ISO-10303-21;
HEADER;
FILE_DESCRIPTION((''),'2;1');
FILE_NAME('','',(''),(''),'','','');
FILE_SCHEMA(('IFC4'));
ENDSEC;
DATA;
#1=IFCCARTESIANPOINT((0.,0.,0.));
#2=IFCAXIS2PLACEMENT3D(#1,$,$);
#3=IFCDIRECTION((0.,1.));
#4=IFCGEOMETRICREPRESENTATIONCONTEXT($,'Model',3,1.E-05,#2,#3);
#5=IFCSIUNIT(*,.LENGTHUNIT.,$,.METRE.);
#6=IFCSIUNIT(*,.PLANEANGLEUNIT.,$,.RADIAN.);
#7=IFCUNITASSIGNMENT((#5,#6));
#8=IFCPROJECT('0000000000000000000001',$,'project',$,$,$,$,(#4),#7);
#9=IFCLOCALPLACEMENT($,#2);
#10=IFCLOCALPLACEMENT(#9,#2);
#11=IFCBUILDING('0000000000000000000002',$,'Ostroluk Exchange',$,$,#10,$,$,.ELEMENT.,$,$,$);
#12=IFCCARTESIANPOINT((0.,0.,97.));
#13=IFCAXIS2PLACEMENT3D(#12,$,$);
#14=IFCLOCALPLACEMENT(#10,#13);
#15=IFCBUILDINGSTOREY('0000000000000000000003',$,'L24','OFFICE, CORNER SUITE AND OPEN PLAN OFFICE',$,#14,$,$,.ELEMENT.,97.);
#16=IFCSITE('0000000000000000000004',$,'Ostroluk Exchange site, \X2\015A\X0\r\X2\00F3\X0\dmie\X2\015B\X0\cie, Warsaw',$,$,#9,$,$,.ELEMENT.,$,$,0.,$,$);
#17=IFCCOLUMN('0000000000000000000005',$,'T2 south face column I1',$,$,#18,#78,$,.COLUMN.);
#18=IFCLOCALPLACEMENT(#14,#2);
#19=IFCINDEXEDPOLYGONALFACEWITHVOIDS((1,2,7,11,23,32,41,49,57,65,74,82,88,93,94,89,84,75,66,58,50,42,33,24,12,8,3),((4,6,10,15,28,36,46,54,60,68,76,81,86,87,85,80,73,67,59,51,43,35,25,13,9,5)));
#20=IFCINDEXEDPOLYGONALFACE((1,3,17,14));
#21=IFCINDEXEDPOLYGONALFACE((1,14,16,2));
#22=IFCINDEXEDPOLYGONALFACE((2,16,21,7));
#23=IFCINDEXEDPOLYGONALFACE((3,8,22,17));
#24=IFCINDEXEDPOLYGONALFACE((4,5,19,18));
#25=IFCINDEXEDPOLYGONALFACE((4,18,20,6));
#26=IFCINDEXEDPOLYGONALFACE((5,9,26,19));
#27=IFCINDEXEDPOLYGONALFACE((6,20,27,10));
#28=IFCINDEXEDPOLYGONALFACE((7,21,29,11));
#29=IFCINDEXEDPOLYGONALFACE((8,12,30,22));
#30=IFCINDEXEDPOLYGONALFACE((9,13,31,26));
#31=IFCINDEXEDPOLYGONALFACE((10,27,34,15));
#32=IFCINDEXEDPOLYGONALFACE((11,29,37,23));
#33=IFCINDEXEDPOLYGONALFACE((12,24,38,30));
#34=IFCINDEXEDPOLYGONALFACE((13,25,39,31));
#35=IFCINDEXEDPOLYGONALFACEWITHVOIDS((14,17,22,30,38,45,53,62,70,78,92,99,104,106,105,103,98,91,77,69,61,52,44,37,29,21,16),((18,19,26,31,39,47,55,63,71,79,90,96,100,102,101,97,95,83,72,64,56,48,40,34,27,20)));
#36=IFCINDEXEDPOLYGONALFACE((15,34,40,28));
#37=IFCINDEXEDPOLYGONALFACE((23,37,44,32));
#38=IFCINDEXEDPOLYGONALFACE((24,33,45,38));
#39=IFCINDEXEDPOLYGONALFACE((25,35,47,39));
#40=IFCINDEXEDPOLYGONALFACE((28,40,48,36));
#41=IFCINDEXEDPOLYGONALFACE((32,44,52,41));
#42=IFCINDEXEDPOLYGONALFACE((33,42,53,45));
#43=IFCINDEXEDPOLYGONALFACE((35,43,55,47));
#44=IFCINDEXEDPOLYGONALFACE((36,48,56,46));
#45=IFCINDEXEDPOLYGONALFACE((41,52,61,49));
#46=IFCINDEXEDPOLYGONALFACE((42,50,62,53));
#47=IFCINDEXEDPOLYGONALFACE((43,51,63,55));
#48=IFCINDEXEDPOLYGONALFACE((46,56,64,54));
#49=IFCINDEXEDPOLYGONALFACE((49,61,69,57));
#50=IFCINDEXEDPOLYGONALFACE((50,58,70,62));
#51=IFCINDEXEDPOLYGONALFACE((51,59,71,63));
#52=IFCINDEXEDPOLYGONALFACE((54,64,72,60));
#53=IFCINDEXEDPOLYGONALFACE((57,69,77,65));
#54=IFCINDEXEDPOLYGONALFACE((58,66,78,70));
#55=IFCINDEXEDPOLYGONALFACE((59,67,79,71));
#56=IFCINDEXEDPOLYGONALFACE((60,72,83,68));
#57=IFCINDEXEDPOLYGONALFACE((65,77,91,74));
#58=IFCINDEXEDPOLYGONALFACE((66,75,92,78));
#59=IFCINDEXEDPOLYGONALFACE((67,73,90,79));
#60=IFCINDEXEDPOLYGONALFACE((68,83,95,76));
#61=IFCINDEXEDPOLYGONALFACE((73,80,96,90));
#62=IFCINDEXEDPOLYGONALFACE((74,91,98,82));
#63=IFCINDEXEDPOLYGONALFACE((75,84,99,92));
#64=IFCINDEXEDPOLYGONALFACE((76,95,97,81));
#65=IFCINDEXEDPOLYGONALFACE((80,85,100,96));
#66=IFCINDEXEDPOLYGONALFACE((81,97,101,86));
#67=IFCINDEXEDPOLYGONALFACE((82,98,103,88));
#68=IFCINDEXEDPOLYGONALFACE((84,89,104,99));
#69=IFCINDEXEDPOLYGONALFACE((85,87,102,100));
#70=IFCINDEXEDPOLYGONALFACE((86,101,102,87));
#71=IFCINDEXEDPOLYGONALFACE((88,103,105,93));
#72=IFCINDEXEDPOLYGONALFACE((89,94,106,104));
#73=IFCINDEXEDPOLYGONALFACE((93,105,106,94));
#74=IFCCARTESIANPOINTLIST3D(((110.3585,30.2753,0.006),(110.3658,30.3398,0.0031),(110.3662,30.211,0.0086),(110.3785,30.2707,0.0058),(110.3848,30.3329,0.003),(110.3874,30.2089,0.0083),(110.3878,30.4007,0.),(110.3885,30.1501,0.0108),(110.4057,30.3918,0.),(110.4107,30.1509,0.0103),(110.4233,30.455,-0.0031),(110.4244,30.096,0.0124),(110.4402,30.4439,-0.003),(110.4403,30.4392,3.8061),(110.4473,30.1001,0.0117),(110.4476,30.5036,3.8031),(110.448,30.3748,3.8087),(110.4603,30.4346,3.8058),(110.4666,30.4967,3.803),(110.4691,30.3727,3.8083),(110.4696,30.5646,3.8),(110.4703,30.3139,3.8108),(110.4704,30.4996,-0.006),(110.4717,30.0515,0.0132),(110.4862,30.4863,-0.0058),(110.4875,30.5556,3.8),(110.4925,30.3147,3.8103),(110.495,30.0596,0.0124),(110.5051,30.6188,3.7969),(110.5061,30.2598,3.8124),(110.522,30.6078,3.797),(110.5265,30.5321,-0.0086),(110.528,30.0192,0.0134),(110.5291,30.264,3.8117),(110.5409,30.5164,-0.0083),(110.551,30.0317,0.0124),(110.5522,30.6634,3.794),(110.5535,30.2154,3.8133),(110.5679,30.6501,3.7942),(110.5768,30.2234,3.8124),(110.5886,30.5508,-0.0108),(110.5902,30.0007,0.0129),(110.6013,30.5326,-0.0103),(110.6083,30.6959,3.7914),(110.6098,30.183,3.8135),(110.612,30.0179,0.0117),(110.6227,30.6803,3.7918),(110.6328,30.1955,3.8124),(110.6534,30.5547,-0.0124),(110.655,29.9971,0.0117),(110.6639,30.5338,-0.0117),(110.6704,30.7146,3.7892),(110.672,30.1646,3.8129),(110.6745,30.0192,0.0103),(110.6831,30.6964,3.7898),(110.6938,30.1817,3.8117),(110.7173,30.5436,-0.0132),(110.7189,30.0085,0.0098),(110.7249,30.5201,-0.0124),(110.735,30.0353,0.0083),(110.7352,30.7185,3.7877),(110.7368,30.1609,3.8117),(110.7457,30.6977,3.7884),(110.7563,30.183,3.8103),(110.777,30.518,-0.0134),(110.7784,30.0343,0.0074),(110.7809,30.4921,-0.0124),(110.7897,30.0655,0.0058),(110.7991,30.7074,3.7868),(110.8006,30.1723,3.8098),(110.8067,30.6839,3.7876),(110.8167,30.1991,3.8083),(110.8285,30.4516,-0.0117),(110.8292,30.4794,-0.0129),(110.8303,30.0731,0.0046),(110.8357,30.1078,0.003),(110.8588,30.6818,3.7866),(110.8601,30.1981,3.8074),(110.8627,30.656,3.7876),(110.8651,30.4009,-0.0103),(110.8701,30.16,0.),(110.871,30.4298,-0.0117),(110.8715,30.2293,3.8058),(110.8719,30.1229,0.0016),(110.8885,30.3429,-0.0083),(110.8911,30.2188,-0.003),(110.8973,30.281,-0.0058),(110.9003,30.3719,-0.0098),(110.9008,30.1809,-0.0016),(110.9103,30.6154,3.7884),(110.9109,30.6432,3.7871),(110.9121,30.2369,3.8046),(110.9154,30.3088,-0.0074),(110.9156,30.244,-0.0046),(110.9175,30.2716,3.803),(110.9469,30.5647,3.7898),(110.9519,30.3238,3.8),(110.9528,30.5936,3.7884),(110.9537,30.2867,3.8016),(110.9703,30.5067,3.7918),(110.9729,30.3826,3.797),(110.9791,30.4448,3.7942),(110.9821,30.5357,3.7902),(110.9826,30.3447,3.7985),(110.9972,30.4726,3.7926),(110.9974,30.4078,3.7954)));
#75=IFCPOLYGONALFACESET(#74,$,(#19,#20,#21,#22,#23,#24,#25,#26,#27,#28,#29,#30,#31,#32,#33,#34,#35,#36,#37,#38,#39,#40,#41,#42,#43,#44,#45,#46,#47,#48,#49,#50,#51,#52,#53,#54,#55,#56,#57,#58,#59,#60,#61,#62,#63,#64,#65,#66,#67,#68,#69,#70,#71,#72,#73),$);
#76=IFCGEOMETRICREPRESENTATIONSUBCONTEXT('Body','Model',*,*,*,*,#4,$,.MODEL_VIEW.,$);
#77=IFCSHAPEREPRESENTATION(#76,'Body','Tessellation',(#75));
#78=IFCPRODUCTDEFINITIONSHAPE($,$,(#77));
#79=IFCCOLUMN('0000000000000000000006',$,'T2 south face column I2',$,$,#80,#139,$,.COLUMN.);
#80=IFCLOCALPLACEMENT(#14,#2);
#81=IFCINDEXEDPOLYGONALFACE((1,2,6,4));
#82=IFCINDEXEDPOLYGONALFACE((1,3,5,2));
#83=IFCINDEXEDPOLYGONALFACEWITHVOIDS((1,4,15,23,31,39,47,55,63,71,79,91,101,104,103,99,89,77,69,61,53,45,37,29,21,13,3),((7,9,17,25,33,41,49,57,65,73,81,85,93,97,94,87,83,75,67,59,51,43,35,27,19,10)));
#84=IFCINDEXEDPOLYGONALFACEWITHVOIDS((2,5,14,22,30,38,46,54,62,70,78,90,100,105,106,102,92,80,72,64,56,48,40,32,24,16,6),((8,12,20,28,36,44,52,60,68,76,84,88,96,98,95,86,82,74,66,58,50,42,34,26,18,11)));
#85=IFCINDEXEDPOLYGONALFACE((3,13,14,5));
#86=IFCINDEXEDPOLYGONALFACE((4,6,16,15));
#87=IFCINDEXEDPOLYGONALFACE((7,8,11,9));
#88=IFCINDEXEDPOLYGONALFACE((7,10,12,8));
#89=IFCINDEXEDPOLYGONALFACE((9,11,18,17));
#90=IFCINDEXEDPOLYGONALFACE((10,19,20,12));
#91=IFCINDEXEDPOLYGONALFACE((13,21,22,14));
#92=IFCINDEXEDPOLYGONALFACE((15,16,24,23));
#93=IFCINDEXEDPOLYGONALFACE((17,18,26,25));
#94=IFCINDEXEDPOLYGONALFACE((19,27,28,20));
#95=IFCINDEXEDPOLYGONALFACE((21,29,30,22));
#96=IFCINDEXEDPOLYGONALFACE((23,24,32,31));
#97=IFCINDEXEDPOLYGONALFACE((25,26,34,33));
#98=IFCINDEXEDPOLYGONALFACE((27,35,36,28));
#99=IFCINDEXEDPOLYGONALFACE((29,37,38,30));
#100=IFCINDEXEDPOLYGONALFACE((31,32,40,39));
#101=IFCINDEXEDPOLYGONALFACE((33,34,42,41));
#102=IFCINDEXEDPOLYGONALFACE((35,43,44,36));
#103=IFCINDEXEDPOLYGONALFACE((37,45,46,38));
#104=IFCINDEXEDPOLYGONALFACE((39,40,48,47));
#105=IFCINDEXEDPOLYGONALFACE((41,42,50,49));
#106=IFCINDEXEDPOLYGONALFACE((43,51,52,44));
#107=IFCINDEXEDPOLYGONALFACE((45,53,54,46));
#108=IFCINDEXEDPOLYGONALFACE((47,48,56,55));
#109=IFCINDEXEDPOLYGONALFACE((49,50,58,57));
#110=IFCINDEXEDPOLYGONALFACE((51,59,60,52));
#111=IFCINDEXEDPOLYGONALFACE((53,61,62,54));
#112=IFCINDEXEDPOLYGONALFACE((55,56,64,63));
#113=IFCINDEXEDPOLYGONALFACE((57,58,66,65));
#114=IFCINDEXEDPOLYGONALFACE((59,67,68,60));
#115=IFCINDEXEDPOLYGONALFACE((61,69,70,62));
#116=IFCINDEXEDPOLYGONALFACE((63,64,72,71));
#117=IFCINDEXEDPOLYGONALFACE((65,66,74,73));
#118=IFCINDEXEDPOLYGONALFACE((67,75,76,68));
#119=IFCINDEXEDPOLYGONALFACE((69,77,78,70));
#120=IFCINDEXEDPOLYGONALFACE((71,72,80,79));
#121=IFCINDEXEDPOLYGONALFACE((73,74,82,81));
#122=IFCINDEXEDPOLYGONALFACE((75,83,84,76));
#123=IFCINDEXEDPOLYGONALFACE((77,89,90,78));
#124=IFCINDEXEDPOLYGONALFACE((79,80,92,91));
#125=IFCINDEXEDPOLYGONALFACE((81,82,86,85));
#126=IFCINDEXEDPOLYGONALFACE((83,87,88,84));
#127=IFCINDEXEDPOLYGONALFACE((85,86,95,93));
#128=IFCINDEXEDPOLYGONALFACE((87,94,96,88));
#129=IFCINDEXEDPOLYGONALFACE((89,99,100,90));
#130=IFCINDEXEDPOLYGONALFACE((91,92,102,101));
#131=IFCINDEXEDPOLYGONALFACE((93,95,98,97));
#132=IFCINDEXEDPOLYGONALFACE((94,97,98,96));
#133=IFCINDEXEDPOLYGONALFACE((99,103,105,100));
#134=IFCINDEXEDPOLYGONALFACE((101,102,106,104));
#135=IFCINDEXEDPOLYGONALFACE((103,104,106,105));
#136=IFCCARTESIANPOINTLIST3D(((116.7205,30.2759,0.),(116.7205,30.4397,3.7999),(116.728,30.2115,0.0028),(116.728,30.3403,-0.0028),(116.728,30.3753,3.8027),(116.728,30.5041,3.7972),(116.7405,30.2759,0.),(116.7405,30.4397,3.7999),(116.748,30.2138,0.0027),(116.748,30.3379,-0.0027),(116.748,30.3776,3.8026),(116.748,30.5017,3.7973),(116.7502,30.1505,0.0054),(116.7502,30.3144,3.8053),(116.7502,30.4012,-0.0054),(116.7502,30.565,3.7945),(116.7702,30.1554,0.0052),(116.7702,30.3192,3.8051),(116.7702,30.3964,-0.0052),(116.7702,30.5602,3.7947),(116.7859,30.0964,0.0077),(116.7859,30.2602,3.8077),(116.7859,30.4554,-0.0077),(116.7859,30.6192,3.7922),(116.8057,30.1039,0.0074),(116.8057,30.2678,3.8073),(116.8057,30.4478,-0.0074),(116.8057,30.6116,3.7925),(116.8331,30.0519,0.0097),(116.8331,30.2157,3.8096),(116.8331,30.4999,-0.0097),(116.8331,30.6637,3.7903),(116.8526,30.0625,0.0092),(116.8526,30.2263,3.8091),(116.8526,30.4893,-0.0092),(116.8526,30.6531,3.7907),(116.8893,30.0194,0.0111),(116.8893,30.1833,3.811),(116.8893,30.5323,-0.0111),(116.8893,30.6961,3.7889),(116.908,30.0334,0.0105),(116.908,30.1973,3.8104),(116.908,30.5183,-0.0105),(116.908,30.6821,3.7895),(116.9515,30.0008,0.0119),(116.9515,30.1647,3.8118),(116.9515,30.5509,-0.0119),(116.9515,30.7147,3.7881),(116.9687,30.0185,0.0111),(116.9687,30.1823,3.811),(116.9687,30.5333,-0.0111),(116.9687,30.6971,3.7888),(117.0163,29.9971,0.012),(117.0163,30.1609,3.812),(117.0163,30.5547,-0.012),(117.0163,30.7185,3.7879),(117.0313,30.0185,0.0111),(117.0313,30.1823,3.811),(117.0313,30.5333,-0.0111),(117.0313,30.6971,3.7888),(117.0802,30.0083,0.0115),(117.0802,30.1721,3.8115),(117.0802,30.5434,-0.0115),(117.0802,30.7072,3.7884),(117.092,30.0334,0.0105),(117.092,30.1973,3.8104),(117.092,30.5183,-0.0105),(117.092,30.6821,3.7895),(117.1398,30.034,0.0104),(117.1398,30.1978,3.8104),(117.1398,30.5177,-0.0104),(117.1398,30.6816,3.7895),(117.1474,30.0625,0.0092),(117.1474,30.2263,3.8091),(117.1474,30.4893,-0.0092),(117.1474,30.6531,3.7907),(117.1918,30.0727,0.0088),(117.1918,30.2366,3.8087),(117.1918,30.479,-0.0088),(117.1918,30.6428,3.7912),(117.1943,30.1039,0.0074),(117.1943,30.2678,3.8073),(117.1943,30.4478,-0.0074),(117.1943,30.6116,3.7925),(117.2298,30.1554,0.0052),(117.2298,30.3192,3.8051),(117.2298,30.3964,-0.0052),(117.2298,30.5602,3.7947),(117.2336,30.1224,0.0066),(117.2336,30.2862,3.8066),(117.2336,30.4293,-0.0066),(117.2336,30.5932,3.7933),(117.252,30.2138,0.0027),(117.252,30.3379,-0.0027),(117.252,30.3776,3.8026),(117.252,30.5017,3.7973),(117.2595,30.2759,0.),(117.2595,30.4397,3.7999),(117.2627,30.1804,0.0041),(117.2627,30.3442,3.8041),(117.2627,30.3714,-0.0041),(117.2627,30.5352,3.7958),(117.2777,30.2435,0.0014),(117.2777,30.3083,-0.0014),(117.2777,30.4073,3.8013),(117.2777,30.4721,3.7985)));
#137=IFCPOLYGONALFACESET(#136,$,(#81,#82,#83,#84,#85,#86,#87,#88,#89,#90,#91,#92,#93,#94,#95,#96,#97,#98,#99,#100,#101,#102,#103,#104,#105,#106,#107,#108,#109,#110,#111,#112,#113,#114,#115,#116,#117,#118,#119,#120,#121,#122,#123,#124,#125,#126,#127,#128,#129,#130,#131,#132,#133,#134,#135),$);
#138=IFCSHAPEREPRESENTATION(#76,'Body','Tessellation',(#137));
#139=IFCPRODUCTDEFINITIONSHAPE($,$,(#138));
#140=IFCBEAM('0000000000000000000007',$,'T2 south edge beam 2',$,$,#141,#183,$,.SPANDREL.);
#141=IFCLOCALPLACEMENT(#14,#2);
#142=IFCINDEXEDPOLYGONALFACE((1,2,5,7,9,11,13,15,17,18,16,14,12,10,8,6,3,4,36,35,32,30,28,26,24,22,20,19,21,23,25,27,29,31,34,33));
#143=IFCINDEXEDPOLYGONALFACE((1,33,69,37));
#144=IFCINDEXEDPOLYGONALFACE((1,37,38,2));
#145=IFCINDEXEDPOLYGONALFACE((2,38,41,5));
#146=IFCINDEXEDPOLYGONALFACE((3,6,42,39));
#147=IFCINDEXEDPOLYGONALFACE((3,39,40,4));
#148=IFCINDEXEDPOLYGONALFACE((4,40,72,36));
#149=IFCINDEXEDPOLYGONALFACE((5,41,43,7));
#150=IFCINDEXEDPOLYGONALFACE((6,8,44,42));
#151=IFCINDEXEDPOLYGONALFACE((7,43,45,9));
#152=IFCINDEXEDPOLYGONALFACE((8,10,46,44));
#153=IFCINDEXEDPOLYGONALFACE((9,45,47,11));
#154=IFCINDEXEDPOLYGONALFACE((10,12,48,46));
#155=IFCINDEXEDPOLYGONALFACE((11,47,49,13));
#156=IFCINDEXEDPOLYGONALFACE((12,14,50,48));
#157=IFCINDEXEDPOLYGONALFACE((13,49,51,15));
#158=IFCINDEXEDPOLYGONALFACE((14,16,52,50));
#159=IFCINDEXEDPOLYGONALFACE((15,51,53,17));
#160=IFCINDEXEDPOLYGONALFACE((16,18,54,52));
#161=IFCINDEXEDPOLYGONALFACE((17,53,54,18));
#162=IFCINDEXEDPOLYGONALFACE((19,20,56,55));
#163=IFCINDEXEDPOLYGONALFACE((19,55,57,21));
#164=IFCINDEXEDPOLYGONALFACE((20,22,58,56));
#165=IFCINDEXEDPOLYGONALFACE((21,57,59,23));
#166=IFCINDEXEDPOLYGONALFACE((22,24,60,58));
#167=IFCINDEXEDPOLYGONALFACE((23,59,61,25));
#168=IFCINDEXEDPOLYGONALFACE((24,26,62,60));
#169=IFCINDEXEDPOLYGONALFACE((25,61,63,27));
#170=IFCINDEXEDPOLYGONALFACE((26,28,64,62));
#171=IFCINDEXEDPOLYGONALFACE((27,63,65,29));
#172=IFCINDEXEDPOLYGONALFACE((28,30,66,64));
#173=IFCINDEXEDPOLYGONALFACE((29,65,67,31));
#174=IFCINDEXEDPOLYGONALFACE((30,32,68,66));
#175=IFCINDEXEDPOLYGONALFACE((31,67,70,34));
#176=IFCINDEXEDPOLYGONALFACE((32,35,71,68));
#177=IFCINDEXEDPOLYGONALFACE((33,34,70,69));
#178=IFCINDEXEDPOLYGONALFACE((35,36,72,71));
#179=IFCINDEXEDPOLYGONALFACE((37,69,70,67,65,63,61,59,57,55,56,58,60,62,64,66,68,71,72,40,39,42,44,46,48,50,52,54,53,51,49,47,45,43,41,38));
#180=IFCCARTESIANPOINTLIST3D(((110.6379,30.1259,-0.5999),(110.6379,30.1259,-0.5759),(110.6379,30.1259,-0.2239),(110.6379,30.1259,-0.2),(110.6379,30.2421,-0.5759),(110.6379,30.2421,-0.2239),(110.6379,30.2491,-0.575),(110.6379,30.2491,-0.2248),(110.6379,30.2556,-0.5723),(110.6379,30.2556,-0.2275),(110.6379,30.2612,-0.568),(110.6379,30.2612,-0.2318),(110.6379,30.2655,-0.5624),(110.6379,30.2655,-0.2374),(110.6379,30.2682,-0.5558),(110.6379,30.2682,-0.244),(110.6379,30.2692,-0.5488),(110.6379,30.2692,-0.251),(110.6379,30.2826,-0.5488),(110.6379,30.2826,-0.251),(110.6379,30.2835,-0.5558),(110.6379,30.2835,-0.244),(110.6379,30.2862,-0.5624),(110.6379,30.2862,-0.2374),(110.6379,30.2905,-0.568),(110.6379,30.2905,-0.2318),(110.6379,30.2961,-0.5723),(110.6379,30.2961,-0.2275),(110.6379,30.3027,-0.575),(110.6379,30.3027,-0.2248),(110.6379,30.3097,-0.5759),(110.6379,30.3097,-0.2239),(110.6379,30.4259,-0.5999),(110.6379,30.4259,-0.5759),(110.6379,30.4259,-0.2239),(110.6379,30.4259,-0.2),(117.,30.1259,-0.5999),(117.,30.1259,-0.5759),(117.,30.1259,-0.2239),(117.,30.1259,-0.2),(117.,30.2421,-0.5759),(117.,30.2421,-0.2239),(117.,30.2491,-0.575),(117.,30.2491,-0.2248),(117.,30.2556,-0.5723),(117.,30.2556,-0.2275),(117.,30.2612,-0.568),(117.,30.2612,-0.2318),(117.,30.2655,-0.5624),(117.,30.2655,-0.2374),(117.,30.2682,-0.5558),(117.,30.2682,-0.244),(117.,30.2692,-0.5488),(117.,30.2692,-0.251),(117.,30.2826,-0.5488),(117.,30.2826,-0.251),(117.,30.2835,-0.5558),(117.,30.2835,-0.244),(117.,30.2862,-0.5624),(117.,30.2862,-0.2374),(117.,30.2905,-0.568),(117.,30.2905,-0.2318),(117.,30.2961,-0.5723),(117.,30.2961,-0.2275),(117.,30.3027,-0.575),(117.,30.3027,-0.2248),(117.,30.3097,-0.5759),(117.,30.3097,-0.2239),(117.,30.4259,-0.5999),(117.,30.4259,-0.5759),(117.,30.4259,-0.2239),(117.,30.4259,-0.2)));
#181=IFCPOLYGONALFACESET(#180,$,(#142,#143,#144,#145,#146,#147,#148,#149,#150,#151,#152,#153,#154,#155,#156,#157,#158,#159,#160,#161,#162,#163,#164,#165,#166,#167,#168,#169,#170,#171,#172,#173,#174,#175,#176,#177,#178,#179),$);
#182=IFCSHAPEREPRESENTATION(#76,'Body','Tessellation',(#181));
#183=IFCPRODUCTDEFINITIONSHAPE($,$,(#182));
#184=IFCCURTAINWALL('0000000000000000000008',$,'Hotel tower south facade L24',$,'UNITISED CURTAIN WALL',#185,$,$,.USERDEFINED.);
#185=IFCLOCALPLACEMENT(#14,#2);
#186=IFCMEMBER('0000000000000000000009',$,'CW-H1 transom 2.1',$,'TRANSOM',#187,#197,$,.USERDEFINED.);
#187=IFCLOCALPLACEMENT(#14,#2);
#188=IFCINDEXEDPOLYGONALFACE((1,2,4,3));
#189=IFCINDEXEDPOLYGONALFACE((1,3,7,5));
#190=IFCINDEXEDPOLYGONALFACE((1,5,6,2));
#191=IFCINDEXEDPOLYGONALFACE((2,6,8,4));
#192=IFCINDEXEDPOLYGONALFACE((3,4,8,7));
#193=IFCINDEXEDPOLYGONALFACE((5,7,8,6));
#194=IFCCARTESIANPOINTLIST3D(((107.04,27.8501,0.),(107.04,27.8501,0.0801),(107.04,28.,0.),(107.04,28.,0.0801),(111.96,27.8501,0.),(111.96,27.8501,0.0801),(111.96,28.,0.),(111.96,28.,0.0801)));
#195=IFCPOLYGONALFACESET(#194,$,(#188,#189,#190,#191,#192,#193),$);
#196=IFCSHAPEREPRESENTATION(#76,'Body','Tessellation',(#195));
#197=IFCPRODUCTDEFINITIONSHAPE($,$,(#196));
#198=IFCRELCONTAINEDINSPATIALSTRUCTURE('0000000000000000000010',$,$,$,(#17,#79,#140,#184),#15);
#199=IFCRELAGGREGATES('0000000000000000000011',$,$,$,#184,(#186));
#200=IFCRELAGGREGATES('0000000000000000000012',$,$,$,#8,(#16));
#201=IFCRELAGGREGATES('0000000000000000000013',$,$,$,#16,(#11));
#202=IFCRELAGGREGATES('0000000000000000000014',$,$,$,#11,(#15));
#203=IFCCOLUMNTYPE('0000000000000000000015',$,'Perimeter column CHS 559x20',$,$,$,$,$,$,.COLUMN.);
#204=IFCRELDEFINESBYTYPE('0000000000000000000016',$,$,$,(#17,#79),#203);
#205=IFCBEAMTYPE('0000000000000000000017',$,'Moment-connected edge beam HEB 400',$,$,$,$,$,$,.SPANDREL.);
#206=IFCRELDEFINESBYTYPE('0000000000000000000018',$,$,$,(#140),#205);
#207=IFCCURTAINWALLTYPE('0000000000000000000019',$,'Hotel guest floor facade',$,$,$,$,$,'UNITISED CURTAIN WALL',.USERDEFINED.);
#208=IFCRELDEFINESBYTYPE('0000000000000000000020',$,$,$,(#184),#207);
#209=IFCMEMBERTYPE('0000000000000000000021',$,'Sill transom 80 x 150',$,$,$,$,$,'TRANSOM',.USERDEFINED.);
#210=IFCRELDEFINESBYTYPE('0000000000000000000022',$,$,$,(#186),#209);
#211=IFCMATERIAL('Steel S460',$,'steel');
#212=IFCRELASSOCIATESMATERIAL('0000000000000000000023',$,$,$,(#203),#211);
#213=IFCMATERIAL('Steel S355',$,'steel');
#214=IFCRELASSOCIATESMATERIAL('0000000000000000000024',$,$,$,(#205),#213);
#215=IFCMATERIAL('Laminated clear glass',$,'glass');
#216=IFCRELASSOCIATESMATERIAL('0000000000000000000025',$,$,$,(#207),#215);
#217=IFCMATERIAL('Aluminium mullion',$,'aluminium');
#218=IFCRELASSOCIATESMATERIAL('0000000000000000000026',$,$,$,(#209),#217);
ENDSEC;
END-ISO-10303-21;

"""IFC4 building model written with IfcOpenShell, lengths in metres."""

from ifc_helpers import new_model, si_unit, direction, frame, origin, origin_2d, place, context, subcontext, project, spatial, rectangle, hollow_circle, i_section, extrude, material, material_profile, profile_set, type_object, element, aggregate, save


model = new_model("IFC4")

# Units and contexts
model_context = context("Model", 3, precision=1e-05, world=origin(), true_north=direction((0.0, 1.0)))
body_context = subcontext(model_context, "Body", "Model", "MODEL_VIEW")
ifc_project = project(units=[si_unit("LENGTHUNIT", "METRE"), si_unit("PLANEANGLEUNIT", "RADIAN")], contexts=[model_context])

# Site, building, storey
site_placement = place(None, origin())
site = spatial("IfcSite", under=ifc_project, at=site_placement, Name="Ostroluk Exchange site, Śródmieście, Warsaw", CompositionType="ELEMENT", RefElevation=0.0)
building_placement = place(site_placement, origin())
building = spatial("IfcBuilding", under=site, at=building_placement, Name="Ostroluk Exchange", CompositionType="ELEMENT")
storey_placement = place(building_placement, frame((0.0, 0.0, 97.0)))
storey = spatial("IfcBuildingStorey", under=building, at=storey_placement, Name="L24", Description="OFFICE, CORNER SUITE AND OPEN PLAN OFFICE", CompositionType="ELEMENT", Elevation=97.0)

# Columns
ifc_material_1 = material(Name="Steel S460", Category="steel")
ifc_material_profile_1 = material_profile(ifc_material_1, hollow_circle(Radius=0.2795, WallThickness=0.02, at=origin_2d()), Name="CHS 559x20")
ifc_profile_set_1 = profile_set([ifc_material_profile_1], Name="Steel S460")
column_type = type_object("IfcColumnType", Name="Perimeter column CHS 559x20", PredefinedType="COLUMN", material=ifc_profile_set_1)
column_1_placement = place(storey_placement, frame((110.6379, 30.2759, 0.0), z_axis=(0.021498, 0.04306, 0.998841), x_axis=(-0.894694, 0.44668, 0.0)))
element("IfcColumn", 1, at=column_1_placement, inside=storey, type_object=column_type, Name="T2 south face column I1", PredefinedType="COLUMN", context=body_context, shape_type="SweptSolid", body=[
    extrude(hollow_circle(Radius=0.2795, WallThickness=0.02, at=origin_2d()), origin(), (0.0, 0.0, 1.0), 3.8044),
])
column_2_placement = place(storey_placement, frame((117.0, 30.2759, 0.0), z_axis=(0.0, 0.04307, 0.999072), x_axis=(-1.0, 0.0, 0.0)))
element("IfcColumn", 2, at=column_2_placement, inside=storey, type_object=column_type, Name="T2 south face column I2", PredefinedType="COLUMN", context=body_context, shape_type="SweptSolid", body=[
    extrude(hollow_circle(Radius=0.2795, WallThickness=0.02, at=origin_2d()), origin(), (0.0, 0.0, 1.0), 3.8035),
])

# Beam
ifc_material_2 = material(Name="Steel S355", Category="steel")
ifc_material_profile_2 = material_profile(ifc_material_2, i_section(OverallWidth=0.3, OverallDepth=0.3999, WebThickness=0.0134, FlangeThickness=0.0239, FilletRadius=0.0271, at=origin_2d()), Name="HEB 400")
ifc_profile_set_2 = profile_set([ifc_material_profile_2], Name="Steel S355")
beam_type = type_object("IfcBeamType", Name="Moment-connected edge beam HEB 400", PredefinedType="SPANDREL", material=ifc_profile_set_2)
beam_placement = place(storey_placement, frame((110.6379, 30.2759, -0.3999), z_axis=(1.0, 0.0, 0.0), x_axis=(0.0, 1.0, 0.0)))
element("IfcBeam", 3, at=beam_placement, inside=storey, type_object=beam_type, Name="T2 south edge beam 2", PredefinedType="SPANDREL", context=body_context, shape_type="SweptSolid", body=[
    extrude(i_section(OverallWidth=0.3, OverallDepth=0.3999, WebThickness=0.0134, FlangeThickness=0.0239, FilletRadius=0.0271, at=origin_2d()), origin(), (0.0, 0.0, 1.0), 6.3621),
])

# Curtain wall, member
ifc_material_3 = material(Name="Laminated clear glass", Category="glass")
curtain_wall_type = type_object("IfcCurtainWallType", Name="Hotel guest floor facade", ElementType="UNITISED CURTAIN WALL", PredefinedType="USERDEFINED", material=ifc_material_3)
curtain_wall_placement = place(storey_placement, origin())
curtain_wall = element("IfcCurtainWall", 4, at=curtain_wall_placement, inside=storey, type_object=curtain_wall_type, Name="Hotel tower south facade L24", ObjectType="UNITISED CURTAIN WALL", PredefinedType="USERDEFINED")
ifc_material_4 = material(Name="Aluminium mullion", Category="aluminium")
ifc_material_profile_3 = material_profile(ifc_material_4, rectangle(XDim=0.1499, YDim=0.0801, at=origin_2d()), Name="Sill transom 80 x 150")
ifc_profile_set_3 = profile_set([ifc_material_profile_3], Name="Aluminium mullion")
member_type_1 = type_object("IfcMemberType", Name="Sill transom 80 x 150", ElementType="TRANSOM", PredefinedType="USERDEFINED", material=ifc_profile_set_3)
member_1_placement = place(storey_placement, frame((107.04, 27.925, 0.04), z_axis=(1.0, 0.0, 0.0), x_axis=(0.0, 1.0, 0.0)))
member_1 = element("IfcMember", 5, at=member_1_placement, type_object=member_type_1, Name="CW-H1 transom 2.1", ObjectType="TRANSOM", PredefinedType="USERDEFINED", context=body_context, shape_type="SweptSolid", body=[
    extrude(rectangle(XDim=0.1499, YDim=0.0801, at=origin_2d()), origin(), (0.0, 0.0, 1.0), 4.9199),
])
aggregate(curtain_wall, [member_1])

save(model, "model.ifc")
